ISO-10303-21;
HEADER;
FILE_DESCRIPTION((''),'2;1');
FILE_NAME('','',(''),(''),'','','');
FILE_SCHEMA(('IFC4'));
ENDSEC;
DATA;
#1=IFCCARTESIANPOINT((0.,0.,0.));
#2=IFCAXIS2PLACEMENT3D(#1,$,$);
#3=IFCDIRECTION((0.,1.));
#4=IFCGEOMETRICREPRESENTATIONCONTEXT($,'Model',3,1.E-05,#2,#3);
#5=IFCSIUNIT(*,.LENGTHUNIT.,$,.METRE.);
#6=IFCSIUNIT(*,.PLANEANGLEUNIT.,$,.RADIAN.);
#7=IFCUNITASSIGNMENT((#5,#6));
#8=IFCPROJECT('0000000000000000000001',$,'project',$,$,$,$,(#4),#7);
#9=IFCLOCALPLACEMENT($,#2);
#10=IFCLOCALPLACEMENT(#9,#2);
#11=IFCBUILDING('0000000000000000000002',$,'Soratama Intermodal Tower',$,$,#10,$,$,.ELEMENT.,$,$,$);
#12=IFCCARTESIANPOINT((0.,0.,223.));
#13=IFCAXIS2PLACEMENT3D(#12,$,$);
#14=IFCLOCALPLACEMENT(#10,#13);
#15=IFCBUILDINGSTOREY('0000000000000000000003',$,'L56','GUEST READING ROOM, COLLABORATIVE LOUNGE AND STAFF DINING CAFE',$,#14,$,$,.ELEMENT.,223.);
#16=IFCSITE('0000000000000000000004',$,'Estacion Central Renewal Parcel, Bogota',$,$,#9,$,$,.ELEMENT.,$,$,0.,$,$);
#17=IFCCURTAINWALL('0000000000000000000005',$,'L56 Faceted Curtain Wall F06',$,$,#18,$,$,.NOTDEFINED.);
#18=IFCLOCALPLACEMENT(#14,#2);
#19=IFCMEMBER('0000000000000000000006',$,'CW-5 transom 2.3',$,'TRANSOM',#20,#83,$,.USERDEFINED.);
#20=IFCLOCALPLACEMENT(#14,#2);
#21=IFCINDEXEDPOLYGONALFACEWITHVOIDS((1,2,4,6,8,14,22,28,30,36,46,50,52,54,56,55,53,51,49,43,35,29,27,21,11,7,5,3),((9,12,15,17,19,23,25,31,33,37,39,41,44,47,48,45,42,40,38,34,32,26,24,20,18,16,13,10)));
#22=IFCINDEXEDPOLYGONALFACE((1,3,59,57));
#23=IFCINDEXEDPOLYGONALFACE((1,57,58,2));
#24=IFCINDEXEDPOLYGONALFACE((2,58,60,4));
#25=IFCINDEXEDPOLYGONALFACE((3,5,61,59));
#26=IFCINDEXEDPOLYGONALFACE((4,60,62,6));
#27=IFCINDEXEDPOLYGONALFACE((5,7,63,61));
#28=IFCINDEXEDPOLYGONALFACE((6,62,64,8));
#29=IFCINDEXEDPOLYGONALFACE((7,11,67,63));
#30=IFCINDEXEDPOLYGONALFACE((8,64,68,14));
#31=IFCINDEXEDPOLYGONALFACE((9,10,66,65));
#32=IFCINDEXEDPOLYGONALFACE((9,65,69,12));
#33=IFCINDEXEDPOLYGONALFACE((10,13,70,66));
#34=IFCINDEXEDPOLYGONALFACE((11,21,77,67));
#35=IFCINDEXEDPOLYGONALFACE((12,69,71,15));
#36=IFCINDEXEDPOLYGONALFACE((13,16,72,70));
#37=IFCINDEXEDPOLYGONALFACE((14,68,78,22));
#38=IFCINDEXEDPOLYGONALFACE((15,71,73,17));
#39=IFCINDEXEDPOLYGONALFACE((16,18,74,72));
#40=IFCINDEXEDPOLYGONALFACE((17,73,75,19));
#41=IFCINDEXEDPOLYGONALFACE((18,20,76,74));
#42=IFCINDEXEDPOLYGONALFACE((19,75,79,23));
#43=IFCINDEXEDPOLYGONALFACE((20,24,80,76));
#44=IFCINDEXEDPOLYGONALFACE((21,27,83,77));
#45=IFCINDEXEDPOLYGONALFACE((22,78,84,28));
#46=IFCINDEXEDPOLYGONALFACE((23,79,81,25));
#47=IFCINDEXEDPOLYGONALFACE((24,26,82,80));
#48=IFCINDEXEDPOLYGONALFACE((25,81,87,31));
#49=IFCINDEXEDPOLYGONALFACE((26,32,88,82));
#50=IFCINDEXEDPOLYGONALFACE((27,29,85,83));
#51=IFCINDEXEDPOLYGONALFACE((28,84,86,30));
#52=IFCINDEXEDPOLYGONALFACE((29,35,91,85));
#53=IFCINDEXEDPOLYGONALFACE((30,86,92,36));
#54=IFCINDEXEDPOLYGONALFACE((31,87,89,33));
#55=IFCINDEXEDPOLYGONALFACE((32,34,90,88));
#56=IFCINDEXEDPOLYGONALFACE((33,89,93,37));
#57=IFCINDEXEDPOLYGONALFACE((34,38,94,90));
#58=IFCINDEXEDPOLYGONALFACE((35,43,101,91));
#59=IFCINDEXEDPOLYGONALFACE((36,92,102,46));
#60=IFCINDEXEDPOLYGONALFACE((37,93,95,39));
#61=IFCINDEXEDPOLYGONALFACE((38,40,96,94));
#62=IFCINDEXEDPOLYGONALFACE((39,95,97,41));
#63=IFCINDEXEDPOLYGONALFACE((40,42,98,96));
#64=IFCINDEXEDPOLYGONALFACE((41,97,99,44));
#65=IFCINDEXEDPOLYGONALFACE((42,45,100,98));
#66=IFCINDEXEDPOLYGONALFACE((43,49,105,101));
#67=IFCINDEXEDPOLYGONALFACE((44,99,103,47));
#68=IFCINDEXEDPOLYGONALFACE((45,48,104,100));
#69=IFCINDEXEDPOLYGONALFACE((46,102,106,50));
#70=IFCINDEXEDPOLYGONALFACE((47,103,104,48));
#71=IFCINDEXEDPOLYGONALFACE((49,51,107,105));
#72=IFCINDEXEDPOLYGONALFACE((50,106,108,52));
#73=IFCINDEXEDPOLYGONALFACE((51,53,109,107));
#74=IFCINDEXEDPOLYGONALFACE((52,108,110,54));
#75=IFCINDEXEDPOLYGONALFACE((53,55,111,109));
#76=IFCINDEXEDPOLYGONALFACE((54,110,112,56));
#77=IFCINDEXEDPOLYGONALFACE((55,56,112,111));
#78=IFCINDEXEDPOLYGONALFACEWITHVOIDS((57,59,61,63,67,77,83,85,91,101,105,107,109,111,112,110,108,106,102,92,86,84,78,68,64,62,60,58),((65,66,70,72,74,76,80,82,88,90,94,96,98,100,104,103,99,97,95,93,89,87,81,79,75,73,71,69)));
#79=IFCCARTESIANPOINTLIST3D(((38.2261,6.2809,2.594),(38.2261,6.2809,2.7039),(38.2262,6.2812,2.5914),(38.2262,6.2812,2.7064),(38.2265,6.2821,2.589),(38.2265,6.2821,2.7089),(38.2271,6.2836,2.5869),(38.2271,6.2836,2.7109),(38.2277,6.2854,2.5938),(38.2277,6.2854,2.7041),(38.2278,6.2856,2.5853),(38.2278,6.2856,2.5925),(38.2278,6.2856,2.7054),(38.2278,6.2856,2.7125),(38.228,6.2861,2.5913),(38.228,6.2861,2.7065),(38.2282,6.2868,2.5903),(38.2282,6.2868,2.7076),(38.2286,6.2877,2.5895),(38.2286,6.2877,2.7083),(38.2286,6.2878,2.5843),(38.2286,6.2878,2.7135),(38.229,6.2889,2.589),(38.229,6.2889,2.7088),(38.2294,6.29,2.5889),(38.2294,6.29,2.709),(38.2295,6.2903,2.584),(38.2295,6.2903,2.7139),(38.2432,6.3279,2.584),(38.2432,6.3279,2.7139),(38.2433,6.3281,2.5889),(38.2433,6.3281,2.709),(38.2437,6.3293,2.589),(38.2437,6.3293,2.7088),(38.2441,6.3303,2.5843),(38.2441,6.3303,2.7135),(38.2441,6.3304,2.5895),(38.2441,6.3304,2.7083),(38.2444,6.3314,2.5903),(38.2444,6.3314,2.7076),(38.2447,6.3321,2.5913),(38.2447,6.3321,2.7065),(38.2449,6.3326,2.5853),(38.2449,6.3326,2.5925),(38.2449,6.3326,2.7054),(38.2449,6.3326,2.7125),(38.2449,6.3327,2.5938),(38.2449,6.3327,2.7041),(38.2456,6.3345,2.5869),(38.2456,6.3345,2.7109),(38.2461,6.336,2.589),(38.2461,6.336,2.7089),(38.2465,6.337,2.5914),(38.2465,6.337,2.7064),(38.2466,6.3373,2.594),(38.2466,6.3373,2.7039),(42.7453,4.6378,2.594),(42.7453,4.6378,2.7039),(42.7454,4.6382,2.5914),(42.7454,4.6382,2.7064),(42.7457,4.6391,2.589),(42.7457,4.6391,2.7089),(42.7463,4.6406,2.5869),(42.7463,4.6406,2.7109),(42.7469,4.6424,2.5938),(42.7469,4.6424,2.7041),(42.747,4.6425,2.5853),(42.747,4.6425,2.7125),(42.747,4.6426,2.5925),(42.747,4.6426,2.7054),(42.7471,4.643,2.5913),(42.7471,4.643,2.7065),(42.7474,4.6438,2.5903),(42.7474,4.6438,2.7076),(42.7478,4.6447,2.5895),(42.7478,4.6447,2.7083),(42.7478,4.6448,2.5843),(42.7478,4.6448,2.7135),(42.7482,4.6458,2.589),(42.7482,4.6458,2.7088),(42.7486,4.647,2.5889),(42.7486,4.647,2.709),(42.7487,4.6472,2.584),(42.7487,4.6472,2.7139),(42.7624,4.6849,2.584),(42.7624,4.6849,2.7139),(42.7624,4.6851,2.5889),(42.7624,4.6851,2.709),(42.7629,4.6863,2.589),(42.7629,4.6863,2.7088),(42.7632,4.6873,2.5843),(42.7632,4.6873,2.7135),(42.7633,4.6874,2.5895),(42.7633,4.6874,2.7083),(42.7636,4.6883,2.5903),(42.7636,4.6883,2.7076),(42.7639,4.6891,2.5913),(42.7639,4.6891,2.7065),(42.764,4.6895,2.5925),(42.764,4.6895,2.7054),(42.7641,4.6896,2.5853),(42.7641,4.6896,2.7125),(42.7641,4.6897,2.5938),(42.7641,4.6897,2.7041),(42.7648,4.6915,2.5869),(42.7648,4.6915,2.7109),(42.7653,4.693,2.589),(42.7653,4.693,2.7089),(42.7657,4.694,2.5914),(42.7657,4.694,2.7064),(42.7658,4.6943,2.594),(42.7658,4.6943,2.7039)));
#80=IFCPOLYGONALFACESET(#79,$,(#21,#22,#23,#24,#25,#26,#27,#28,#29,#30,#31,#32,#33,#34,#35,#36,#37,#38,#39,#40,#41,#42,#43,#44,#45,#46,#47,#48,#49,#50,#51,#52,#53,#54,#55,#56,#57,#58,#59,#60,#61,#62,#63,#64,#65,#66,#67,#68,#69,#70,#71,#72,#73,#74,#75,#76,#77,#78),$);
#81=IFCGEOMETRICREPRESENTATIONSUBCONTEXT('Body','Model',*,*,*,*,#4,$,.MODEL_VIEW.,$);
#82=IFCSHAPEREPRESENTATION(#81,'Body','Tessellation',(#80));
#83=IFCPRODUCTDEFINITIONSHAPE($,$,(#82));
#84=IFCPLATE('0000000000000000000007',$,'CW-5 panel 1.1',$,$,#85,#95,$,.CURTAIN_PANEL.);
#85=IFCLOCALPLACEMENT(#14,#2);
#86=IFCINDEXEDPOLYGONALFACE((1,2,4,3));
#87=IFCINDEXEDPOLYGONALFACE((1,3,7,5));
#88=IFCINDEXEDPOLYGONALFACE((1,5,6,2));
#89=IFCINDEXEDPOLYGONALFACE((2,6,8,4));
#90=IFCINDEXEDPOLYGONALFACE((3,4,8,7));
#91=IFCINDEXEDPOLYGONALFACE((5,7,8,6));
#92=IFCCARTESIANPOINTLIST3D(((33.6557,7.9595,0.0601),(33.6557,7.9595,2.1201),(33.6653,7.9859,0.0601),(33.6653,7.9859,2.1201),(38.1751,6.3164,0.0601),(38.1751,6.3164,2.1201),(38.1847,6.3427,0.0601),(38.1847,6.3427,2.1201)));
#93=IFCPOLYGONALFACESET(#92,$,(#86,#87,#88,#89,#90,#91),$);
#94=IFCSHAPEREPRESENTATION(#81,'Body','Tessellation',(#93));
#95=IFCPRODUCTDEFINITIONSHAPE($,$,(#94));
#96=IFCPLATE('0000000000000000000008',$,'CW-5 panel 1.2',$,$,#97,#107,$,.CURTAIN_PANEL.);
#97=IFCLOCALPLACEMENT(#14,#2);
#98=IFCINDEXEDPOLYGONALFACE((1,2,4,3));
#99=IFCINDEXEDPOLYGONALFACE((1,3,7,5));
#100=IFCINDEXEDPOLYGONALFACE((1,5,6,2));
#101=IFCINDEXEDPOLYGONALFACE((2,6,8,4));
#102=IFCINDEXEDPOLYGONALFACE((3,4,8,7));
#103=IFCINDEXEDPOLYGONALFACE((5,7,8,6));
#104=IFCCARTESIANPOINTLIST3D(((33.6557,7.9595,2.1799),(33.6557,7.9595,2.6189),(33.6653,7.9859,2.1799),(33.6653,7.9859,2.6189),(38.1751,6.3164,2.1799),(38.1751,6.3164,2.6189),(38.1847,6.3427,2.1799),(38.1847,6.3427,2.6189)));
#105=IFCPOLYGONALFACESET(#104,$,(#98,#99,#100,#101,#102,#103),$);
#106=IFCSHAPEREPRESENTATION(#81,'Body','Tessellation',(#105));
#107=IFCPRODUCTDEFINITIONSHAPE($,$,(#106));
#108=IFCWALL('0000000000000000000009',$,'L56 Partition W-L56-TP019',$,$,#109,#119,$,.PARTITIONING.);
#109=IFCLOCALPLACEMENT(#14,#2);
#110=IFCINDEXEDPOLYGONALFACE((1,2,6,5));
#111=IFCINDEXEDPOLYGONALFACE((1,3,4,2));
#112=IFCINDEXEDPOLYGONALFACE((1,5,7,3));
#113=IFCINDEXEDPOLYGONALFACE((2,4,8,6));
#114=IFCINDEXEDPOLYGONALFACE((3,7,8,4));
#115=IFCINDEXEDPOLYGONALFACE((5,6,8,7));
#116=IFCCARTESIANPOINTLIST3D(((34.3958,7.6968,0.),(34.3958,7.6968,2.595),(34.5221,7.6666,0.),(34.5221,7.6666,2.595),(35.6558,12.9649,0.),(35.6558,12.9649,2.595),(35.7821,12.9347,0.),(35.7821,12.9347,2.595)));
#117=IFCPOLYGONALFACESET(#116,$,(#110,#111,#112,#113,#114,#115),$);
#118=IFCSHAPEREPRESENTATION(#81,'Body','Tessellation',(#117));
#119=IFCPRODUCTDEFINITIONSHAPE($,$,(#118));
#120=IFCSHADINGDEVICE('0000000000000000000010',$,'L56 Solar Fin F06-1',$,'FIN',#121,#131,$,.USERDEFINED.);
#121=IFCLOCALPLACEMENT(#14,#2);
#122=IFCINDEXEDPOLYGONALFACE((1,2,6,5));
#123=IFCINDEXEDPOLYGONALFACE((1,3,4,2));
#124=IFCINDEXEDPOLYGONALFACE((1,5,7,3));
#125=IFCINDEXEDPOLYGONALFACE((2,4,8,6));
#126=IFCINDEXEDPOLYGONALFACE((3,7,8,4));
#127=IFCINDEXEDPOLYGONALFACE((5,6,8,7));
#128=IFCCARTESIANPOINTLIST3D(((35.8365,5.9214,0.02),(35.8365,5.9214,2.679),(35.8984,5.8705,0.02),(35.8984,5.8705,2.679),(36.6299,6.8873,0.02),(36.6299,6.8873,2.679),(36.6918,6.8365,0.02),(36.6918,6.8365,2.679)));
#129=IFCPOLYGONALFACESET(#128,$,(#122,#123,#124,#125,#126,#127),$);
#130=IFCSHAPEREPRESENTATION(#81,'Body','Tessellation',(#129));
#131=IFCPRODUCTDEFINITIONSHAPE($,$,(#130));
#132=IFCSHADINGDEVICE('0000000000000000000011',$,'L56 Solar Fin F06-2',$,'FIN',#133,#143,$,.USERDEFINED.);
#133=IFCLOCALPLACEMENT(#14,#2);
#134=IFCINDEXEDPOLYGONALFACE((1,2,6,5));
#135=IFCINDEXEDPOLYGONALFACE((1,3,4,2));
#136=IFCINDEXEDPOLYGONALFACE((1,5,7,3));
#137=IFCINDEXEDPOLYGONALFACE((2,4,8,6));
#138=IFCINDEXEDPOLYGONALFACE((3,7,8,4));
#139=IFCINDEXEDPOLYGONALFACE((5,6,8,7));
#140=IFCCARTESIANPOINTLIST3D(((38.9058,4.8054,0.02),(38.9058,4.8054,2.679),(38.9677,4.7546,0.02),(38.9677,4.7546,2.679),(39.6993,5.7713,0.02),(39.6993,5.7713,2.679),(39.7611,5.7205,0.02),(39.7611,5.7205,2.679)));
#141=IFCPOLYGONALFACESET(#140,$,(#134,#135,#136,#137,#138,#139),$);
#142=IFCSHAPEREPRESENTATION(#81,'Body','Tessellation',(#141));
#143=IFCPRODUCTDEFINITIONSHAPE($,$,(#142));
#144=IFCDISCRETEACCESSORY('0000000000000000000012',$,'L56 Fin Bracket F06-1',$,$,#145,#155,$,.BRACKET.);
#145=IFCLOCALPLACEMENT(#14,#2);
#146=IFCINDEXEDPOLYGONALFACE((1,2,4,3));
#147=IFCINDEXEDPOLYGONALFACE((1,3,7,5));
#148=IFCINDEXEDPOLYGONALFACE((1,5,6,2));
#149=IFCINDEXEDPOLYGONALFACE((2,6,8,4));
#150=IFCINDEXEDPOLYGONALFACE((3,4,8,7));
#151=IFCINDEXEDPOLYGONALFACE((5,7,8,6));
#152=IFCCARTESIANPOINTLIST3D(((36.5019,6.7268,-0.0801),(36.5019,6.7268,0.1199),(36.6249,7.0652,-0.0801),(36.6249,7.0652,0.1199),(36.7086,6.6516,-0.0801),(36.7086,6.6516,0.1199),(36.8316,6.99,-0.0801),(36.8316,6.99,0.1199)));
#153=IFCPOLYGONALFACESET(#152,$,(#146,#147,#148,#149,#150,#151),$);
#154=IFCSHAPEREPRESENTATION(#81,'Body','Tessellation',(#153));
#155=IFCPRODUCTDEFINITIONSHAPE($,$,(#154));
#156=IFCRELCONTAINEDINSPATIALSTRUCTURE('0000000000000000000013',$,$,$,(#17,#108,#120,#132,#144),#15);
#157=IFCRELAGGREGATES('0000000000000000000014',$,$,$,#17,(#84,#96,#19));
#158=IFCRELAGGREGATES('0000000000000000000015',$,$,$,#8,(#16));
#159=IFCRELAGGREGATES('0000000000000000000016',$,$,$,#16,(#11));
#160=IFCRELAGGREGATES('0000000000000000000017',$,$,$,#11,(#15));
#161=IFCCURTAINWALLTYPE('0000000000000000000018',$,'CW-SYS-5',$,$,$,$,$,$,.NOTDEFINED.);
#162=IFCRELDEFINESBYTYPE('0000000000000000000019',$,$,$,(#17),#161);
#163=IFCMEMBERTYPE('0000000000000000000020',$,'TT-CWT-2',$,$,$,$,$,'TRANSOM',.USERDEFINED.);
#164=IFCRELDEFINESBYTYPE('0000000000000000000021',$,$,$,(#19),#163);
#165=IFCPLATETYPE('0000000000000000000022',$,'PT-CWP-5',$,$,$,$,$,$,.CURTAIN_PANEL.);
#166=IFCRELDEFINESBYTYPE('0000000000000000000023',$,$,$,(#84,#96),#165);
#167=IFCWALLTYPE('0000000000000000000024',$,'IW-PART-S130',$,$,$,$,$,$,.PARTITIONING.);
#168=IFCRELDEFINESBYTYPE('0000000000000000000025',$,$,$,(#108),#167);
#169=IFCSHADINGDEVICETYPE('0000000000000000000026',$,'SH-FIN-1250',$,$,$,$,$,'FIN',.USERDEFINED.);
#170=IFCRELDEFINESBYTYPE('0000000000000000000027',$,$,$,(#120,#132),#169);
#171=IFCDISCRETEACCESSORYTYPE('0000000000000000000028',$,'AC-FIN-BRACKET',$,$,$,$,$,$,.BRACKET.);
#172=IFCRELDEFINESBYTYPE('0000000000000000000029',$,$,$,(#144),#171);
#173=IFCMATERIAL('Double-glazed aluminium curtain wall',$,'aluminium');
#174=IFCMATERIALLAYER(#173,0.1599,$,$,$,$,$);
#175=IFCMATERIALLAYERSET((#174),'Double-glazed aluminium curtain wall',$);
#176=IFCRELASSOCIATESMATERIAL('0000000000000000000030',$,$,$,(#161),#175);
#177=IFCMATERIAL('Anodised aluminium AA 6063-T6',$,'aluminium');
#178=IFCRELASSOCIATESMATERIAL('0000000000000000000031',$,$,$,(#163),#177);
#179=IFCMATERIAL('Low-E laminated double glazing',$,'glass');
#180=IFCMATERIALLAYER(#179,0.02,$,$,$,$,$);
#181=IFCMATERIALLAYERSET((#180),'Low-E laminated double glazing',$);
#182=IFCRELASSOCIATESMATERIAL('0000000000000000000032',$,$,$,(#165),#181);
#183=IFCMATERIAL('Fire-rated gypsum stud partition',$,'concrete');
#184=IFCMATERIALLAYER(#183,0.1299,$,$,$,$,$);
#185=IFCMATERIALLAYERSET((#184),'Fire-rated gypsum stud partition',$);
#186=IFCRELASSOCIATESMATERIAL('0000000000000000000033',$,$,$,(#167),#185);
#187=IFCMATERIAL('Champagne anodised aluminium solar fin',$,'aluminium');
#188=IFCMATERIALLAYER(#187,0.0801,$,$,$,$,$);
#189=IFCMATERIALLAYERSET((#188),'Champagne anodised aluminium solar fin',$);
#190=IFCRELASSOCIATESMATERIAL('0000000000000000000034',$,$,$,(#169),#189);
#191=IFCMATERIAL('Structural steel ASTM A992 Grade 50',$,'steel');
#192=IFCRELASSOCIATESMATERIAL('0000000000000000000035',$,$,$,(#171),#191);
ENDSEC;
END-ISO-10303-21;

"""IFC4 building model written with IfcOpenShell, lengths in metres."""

from ifc_helpers import new_model, si_unit, direction, frame, frame_2d, origin, origin_2d, place, context, subcontext, project, spatial, rectangle, hollow_rectangle, extrude, material, layer, layer_set, material_profile, profile_set, type_object, element, aggregate, save


model = new_model("IFC4")

# Units and contexts
model_context = context("Model", 3, precision=1e-05, world=origin(), true_north=direction((0.0, 1.0)))
body_context = subcontext(model_context, "Body", "Model", "MODEL_VIEW")
ifc_project = project(units=[si_unit("LENGTHUNIT", "METRE"), si_unit("PLANEANGLEUNIT", "RADIAN")], contexts=[model_context])

# Site, building, storey
site_placement = place(None, origin())
site = spatial("IfcSite", under=ifc_project, at=site_placement, Name="Estacion Central Renewal Parcel, Bogota", CompositionType="ELEMENT", RefElevation=0.0)
building_placement = place(site_placement, origin())
building = spatial("IfcBuilding", under=site, at=building_placement, Name="Soratama Intermodal Tower", CompositionType="ELEMENT")
storey_placement = place(building_placement, frame((0.0, 0.0, 223.0)))
storey = spatial("IfcBuildingStorey", under=building, at=storey_placement, Name="L56", Description="GUEST READING ROOM, COLLABORATIVE LOUNGE AND STAFF DINING CAFE", CompositionType="ELEMENT", Elevation=223.0)

# Curtain wall, member, plates
ifc_material_1 = material(Name="Double-glazed aluminium curtain wall", Category="aluminium")
ifc_layer_1 = layer(ifc_material_1, 0.1599)
ifc_layer_set_1 = layer_set([ifc_layer_1], Name="Double-glazed aluminium curtain wall")
curtain_wall_type = type_object("IfcCurtainWallType", Name="CW-SYS-5", PredefinedType="NOTDEFINED", material=ifc_layer_set_1)
curtain_wall_placement = place(storey_placement, origin())
curtain_wall = element("IfcCurtainWall", 1, at=curtain_wall_placement, inside=storey, type_object=curtain_wall_type, Name="L56 Faceted Curtain Wall F06", PredefinedType="NOTDEFINED")
ifc_material_2 = material(Name="Anodised aluminium AA 6063-T6", Category="aluminium")
ifc_material_profile_1 = material_profile(ifc_material_2, hollow_rectangle(XDim=0.0601, YDim=0.1299, WallThickness=0.0049, InnerFilletRadius=0.0049, OuterFilletRadius=0.01, at=origin_2d()), Name="CWT130X60X5")
ifc_profile_set_1 = profile_set([ifc_material_profile_1], Name="Anodised aluminium AA 6063-T6")
member_type_1 = type_object("IfcMemberType", Name="TT-CWT-2", ElementType="TRANSOM", PredefinedType="USERDEFINED", material=ifc_profile_set_1)
member_1_placement = place(storey_placement, frame((38.2363, 6.3091, 2.6489), z_axis=(0.939814, -0.341686, 0.0), x_axis=(0.341686, 0.939814, 0.0)))
member_1 = element("IfcMember", 2, at=member_1_placement, type_object=member_type_1, Name="CW-5 transom 2.3", ObjectType="TRANSOM", PredefinedType="USERDEFINED", context=body_context, shape_type="SweptSolid", body=[
    extrude(hollow_rectangle(XDim=0.0601, YDim=0.1299, WallThickness=0.0049, InnerFilletRadius=0.0049, OuterFilletRadius=0.01, at=origin_2d()), origin(), (0.0, 0.0, 1.0), 4.8086),
])
ifc_material_3 = material(Name="Low-E laminated double glazing", Category="glass")
ifc_layer_2 = layer(ifc_material_3, 0.02)
ifc_layer_set_2 = layer_set([ifc_layer_2], Name="Low-E laminated double glazing")
plate_type = type_object("IfcPlateType", Name="PT-CWP-5", PredefinedType="CURTAIN_PANEL", material=ifc_layer_set_2)
plate_1_placement = place(storey_placement, frame((35.9202, 7.1511, 0.0601), z_axis=(0.0, 0.0, 1.0), x_axis=(0.939811, -0.341696, 0.0)))
plate_1 = element("IfcPlate", 3, at=plate_1_placement, type_object=plate_type, Name="CW-5 panel 1.1", PredefinedType="CURTAIN_PANEL", context=body_context, shape_type="SweptSolid", body=[
    extrude(rectangle(XDim=4.8088, YDim=0.0281, at=origin_2d()), origin(), (0.0, 0.0, 1.0), 2.0601),
])
plate_2_placement = place(storey_placement, frame((35.9202, 7.1511, 2.1799), z_axis=(0.0, 0.0, 1.0), x_axis=(0.939811, -0.341696, 0.0)))
plate_2 = element("IfcPlate", 4, at=plate_2_placement, type_object=plate_type, Name="CW-5 panel 1.2", PredefinedType="CURTAIN_PANEL", context=body_context, shape_type="SweptSolid", body=[
    extrude(rectangle(XDim=4.8088, YDim=0.0281, at=origin_2d()), origin(), (0.0, 0.0, 1.0), 0.439),
])
aggregate(curtain_wall, [plate_1, plate_2, member_1])

# Wall
ifc_material_4 = material(Name="Fire-rated gypsum stud partition", Category="concrete")
ifc_layer_3 = layer(ifc_material_4, 0.1299)
ifc_layer_set_3 = layer_set([ifc_layer_3], Name="Fire-rated gypsum stud partition")
wall_type_1 = type_object("IfcWallType", Name="IW-PART-S130", PredefinedType="PARTITIONING", material=ifc_layer_set_3)
wall_1_placement = place(storey_placement, frame((35.719, 12.95, 0.0), z_axis=(0.0, 0.0, 1.0), x_axis=(-0.232618, -0.972568, 0.0)))
element("IfcWall", 5, at=wall_1_placement, inside=storey, type_object=wall_type_1, Name="L56 Partition W-L56-TP019", PredefinedType="PARTITIONING", context=body_context, shape_type="SweptSolid", body=[
    extrude(rectangle(XDim=5.4167, YDim=0.1299, at=frame_2d((2.7085, 0.0))), origin(), (0.0, 0.0, 1.0), 2.595),
])

# Shading devices
ifc_material_5 = material(Name="Champagne anodised aluminium solar fin", Category="aluminium")
ifc_layer_4 = layer(ifc_material_5, 0.0801)
ifc_layer_set_4 = layer_set([ifc_layer_4], Name="Champagne anodised aluminium solar fin")
shading_device_type = type_object("IfcShadingDeviceType", Name="SH-FIN-1250", ElementType="FIN", PredefinedType="USERDEFINED", material=ifc_layer_set_4)
for number, where, z_axis, x_axis, name in (
    (6, (36.2642, 6.3789, 0.02), (0.0, 0.0, 1.0), (-0.634731, -0.772734, 0.0), "L56 Solar Fin F06-1"),
    (7, (39.3335, 5.2629, 0.02), (0.0, 0.0, 1.0), (-0.634731, -0.772734, 0.0), "L56 Solar Fin F06-2"),
):
    element("IfcShadingDevice", number, at=place(storey_placement, frame(where, z_axis=z_axis, x_axis=x_axis)), inside=storey, type_object=shading_device_type, Name=name, ObjectType="FIN", PredefinedType="USERDEFINED", context=body_context, shape_type="SweptSolid", body=[
        extrude(rectangle(XDim=1.25, YDim=0.0801, at=origin_2d()), origin(), (0.0, 0.0, 1.0), 2.6589),
    ])

# Discrete accessory
ifc_material_6 = material(Name="Structural steel ASTM A992 Grade 50", Category="steel")
discrete_accessory_type = type_object("IfcDiscreteAccessoryType", Name="AC-FIN-BRACKET", PredefinedType="BRACKET", material=ifc_material_6)
discrete_accessory_placement = place(storey_placement, frame((36.6667, 6.8584, -0.0801), z_axis=(0.0, 0.0, 1.0), x_axis=(-0.341692, -0.939812, 0.0)))
element("IfcDiscreteAccessory", 8, at=discrete_accessory_placement, inside=storey, type_object=discrete_accessory_type, Name="L56 Fin Bracket F06-1", PredefinedType="BRACKET", context=body_context, shape_type="SweptSolid", body=[
    extrude(rectangle(XDim=0.3601, YDim=0.22, at=origin_2d()), origin(), (0.0, 0.0, 1.0), 0.2),
])

save(model, "model.ifc")
